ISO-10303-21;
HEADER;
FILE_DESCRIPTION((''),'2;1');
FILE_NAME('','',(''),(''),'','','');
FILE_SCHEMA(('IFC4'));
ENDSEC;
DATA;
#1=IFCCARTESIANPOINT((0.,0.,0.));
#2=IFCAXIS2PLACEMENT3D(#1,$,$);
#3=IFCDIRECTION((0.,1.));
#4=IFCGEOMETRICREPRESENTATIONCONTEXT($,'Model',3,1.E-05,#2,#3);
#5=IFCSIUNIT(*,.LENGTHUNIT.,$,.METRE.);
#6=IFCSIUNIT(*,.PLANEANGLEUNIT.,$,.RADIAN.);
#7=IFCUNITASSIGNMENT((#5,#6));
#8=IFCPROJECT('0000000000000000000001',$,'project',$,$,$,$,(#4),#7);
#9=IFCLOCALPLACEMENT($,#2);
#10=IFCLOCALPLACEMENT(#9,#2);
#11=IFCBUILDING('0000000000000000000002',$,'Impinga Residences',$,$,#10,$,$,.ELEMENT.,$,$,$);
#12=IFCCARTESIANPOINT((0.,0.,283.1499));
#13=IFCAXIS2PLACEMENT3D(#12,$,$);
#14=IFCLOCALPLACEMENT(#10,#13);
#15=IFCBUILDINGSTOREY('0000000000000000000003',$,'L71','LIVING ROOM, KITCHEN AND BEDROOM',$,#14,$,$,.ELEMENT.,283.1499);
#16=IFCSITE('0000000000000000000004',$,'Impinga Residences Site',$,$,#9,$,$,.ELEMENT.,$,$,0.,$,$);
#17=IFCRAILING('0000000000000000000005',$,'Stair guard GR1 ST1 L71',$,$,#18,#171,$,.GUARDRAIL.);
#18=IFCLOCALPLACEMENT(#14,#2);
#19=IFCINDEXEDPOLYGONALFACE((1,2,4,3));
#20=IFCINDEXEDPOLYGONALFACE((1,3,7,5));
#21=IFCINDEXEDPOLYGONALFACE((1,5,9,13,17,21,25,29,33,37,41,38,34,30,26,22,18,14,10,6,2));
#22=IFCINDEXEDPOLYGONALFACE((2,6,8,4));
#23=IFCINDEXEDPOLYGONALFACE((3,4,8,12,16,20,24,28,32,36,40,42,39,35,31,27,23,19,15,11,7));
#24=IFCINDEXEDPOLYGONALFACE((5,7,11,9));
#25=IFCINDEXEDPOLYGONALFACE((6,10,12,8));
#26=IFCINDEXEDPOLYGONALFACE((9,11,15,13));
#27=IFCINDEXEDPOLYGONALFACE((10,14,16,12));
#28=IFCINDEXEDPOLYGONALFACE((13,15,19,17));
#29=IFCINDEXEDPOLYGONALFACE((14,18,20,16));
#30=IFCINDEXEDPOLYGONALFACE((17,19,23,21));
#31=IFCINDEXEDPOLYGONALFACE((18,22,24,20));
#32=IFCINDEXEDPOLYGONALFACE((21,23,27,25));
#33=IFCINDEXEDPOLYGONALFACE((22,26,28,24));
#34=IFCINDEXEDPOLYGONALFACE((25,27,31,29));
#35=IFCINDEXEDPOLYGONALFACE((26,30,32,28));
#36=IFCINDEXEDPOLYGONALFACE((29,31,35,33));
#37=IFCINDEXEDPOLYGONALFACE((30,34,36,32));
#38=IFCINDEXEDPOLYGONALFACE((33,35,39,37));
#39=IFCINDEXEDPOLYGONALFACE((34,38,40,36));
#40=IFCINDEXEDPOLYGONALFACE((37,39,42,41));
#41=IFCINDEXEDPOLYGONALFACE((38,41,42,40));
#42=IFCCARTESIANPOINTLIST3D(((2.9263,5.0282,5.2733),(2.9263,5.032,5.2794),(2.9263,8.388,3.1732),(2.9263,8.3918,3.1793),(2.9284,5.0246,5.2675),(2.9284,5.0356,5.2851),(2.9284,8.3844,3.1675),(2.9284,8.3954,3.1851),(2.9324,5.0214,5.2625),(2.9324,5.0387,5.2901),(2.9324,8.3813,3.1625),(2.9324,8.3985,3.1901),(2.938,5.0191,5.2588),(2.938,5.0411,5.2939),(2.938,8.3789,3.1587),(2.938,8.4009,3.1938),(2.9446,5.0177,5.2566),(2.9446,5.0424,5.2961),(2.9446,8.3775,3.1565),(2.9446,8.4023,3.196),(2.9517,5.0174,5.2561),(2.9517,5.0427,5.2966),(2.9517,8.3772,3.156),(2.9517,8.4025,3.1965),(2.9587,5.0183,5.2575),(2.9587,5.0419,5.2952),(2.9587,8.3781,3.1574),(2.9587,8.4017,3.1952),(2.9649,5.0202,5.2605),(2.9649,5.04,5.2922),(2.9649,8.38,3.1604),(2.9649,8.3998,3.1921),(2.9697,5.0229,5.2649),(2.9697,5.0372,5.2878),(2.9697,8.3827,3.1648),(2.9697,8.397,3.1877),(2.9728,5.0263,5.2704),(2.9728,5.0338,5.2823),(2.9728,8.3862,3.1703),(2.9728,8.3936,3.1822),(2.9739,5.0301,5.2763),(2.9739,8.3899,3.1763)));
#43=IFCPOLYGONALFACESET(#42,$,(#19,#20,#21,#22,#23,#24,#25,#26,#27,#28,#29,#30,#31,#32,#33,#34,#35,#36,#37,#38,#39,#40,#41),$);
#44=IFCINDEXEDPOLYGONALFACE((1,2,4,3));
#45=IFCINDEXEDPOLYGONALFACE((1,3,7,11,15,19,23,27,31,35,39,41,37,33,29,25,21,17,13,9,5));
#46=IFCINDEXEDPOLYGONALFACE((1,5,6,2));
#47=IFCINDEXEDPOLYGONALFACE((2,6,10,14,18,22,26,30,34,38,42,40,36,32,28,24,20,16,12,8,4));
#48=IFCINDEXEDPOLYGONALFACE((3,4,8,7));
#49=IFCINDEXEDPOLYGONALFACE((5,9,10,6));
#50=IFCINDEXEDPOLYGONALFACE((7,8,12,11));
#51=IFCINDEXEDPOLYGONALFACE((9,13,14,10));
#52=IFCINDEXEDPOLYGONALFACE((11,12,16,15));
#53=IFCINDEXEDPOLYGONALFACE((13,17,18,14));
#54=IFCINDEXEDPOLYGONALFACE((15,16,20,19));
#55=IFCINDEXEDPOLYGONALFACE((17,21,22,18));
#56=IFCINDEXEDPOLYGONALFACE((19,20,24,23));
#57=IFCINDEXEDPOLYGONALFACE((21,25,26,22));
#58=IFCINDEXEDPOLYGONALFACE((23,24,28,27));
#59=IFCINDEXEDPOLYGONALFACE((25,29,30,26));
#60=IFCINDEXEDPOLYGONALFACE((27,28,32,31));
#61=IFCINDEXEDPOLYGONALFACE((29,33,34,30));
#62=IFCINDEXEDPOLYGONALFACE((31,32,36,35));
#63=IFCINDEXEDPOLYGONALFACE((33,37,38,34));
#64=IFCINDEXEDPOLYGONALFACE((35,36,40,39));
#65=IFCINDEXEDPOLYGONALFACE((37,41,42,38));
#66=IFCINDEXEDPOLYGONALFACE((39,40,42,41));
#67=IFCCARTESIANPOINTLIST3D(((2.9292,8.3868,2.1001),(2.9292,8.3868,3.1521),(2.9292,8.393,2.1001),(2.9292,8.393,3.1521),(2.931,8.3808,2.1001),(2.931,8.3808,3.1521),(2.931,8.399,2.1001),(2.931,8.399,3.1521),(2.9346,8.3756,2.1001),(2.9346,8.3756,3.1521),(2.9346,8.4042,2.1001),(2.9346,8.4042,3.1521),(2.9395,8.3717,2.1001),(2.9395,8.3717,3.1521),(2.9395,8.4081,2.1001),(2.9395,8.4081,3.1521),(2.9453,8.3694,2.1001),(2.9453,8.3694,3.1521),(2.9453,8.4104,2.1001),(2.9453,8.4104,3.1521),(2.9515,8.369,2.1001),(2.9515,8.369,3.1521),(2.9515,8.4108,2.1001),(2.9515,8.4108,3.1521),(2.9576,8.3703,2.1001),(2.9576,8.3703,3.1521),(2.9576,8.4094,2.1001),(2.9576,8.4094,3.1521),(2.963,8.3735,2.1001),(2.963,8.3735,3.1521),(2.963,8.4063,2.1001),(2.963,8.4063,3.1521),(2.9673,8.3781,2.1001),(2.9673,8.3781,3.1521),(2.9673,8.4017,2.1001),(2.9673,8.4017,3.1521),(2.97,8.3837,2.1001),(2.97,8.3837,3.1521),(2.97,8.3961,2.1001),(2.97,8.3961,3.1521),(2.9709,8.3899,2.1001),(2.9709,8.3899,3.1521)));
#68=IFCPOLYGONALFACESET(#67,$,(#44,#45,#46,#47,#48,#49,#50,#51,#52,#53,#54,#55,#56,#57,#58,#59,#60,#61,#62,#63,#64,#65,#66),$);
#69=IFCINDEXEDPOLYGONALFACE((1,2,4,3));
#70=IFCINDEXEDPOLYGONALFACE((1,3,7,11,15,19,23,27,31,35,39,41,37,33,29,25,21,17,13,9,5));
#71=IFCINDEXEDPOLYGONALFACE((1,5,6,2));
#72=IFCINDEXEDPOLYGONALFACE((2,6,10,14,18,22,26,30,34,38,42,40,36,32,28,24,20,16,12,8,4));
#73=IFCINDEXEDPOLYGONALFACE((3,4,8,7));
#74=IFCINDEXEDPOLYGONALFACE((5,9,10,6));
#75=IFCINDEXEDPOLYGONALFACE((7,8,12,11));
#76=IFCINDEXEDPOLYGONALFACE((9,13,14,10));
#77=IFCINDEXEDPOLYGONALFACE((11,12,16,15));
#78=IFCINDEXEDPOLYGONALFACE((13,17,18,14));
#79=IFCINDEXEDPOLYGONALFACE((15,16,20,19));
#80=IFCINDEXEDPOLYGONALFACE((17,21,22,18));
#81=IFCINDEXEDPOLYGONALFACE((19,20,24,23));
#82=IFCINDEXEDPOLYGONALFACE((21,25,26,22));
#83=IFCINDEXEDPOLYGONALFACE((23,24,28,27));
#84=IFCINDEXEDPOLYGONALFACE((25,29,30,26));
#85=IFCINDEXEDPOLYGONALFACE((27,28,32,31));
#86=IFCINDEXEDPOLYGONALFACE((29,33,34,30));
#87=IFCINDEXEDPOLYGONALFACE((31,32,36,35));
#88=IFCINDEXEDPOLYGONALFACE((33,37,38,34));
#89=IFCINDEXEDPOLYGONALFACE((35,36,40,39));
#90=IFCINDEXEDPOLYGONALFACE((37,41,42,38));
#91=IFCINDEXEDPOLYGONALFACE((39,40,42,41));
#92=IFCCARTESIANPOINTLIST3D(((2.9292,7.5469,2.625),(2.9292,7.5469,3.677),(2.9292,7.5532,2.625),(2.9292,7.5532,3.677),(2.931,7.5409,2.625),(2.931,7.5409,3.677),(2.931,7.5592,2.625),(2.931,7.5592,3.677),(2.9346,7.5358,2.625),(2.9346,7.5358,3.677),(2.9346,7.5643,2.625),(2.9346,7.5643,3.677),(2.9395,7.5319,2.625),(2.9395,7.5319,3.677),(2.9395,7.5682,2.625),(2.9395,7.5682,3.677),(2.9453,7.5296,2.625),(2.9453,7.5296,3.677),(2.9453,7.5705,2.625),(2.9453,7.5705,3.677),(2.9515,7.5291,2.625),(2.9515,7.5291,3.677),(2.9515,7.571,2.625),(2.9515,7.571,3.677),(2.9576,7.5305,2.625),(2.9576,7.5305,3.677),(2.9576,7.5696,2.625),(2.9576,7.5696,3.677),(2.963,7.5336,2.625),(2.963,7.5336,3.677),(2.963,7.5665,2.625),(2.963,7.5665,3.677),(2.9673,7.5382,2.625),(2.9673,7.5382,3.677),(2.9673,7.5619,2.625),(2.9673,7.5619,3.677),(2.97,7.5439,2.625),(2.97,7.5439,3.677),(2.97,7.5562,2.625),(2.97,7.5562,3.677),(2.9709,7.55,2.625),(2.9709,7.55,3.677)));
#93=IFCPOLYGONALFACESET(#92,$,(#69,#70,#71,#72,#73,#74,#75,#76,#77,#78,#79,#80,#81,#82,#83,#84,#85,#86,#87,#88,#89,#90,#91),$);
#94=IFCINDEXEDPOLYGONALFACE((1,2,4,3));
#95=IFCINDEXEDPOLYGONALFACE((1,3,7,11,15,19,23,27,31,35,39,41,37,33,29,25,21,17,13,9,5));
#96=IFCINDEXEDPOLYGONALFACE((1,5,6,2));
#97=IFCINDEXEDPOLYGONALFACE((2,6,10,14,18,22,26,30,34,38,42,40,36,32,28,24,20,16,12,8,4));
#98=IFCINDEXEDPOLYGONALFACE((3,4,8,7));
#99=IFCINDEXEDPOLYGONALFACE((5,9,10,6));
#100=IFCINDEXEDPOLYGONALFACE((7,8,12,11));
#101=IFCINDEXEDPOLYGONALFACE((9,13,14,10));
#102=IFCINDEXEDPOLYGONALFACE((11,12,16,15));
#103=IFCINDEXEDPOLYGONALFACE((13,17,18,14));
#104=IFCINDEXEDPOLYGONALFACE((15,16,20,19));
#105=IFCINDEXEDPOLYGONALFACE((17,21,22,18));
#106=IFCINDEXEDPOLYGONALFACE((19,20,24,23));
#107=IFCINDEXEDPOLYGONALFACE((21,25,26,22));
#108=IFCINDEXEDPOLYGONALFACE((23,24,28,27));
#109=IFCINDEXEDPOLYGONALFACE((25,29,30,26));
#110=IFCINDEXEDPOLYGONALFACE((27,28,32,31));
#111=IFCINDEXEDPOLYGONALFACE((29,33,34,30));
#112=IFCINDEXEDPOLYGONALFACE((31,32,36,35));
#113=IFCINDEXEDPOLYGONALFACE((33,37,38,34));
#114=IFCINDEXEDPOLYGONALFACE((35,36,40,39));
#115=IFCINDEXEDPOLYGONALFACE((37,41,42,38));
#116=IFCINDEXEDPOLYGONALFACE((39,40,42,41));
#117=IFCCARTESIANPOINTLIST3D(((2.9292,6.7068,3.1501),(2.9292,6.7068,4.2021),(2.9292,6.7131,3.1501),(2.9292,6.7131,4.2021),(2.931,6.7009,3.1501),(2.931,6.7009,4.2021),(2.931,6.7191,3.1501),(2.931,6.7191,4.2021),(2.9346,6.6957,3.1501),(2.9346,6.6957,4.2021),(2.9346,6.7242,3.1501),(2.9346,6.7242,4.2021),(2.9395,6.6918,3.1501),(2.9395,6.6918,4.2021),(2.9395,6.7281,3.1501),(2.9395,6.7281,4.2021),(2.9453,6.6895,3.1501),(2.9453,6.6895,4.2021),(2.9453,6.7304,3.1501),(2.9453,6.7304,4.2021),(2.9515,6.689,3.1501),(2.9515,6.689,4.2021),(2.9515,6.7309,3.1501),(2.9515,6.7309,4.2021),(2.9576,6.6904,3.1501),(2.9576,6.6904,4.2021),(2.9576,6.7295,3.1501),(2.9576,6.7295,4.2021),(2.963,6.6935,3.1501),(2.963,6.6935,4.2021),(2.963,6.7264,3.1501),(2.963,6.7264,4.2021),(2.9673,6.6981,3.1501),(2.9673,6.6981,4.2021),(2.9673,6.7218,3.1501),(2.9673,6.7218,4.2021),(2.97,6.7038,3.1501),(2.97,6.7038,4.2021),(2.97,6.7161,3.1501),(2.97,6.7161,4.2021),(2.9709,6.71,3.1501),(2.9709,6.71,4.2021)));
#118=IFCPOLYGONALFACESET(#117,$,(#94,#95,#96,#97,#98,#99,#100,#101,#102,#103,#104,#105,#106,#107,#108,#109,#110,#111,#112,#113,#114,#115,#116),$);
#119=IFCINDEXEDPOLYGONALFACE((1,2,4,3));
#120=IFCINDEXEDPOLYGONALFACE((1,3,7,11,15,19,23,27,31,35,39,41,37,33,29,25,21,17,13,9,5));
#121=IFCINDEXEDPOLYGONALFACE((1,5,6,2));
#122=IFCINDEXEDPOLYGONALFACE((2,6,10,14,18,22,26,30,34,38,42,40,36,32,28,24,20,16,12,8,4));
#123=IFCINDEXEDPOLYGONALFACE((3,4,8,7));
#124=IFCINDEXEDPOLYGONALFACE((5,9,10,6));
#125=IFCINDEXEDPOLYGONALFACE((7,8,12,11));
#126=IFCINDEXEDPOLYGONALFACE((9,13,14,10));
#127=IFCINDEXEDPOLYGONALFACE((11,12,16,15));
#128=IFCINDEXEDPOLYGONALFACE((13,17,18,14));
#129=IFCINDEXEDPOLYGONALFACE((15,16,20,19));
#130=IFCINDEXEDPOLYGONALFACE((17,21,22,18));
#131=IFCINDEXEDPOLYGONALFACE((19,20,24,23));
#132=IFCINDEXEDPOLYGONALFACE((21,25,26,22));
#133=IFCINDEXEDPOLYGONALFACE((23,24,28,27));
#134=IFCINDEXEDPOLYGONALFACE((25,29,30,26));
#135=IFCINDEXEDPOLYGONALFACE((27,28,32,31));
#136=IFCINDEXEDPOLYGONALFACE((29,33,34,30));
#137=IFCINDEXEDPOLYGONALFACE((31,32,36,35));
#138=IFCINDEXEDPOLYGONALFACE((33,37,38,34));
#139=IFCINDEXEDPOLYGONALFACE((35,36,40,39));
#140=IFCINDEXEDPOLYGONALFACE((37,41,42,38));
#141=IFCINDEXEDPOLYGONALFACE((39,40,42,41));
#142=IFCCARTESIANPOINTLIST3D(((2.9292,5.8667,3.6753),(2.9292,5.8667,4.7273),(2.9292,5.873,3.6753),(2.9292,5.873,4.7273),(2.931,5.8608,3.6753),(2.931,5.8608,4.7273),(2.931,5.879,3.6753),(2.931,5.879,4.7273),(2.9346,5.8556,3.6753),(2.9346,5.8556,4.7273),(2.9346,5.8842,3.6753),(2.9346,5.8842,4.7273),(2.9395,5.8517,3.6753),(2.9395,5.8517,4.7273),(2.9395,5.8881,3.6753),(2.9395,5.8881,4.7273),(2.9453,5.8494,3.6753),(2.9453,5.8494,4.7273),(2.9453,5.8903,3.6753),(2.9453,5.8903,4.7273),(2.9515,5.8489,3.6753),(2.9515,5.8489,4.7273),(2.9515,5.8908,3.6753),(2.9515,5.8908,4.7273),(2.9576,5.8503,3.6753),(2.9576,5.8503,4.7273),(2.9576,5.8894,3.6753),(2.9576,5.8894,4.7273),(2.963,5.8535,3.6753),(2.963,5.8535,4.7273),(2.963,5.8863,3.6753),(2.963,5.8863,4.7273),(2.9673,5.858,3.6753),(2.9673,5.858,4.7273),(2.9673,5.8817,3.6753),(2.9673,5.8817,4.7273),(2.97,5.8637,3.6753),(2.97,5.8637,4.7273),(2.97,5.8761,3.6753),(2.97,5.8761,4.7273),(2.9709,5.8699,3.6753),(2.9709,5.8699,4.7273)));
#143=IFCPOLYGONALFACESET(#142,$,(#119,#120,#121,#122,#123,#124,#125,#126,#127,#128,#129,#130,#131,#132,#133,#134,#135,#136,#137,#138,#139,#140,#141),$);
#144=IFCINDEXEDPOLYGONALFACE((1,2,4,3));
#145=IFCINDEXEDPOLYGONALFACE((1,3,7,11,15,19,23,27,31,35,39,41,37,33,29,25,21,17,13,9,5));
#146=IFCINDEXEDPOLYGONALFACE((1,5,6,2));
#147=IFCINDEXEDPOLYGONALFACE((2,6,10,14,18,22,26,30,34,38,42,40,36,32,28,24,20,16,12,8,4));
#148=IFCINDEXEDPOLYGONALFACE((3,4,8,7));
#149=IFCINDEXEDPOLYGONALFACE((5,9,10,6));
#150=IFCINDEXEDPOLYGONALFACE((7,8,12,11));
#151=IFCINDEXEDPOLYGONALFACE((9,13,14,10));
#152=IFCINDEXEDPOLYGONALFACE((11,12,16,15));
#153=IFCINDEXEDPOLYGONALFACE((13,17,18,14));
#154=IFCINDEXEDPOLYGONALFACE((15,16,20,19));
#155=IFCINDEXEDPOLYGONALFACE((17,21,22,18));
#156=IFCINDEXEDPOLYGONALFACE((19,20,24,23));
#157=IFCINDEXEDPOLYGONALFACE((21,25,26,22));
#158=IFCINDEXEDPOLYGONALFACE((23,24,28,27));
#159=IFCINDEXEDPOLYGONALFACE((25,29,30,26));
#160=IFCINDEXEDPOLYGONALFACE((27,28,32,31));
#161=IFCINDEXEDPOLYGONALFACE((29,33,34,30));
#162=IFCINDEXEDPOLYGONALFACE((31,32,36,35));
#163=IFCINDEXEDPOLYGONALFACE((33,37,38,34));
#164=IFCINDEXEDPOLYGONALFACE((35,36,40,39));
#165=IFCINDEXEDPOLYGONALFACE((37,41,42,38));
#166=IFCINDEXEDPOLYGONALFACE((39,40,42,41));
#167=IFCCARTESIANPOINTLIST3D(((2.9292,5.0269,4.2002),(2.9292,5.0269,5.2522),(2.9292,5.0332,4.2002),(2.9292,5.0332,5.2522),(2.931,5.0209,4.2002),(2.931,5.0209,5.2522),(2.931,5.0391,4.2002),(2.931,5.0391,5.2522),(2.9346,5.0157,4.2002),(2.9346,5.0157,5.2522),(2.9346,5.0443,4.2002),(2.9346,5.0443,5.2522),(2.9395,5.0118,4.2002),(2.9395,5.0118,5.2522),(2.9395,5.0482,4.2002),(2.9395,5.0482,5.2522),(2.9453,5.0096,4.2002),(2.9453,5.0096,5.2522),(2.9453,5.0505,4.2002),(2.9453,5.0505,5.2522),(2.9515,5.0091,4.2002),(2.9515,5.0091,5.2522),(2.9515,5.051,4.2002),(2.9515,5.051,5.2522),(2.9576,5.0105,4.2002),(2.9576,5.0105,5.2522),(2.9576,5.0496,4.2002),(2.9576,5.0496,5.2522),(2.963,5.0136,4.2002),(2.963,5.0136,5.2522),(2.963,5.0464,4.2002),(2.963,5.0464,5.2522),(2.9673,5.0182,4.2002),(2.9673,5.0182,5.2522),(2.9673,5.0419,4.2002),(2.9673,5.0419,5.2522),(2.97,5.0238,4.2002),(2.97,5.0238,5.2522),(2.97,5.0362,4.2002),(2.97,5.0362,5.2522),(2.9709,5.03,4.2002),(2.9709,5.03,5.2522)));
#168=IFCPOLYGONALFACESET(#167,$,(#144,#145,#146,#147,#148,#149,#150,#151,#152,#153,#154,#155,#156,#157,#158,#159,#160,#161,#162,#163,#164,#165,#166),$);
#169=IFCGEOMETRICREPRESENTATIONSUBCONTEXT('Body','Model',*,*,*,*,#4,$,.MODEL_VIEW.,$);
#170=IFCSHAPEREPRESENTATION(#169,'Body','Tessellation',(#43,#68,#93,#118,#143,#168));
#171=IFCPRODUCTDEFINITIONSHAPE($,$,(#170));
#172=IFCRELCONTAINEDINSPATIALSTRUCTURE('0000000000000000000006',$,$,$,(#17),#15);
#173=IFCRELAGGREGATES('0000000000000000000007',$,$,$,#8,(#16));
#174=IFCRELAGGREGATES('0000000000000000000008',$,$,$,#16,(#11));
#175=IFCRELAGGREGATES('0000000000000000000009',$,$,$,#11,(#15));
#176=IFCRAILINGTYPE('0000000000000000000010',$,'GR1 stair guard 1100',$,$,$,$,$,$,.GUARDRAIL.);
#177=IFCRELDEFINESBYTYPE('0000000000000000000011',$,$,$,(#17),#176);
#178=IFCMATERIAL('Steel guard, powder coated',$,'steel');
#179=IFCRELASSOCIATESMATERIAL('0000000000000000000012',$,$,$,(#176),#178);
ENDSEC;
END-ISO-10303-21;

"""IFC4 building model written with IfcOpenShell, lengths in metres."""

from ifc_helpers import new_model, si_unit, direction, frame, origin, origin_2d, place, context, subcontext, project, spatial, circle, extrude, material, type_object, element, save


model = new_model("IFC4")

# Units and contexts
model_context = context("Model", 3, precision=1e-05, world=origin(), true_north=direction((0.0, 1.0)))
body_context = subcontext(model_context, "Body", "Model", "MODEL_VIEW")
ifc_project = project(units=[si_unit("LENGTHUNIT", "METRE"), si_unit("PLANEANGLEUNIT", "RADIAN")], contexts=[model_context])

# Site, building, storey
site_placement = place(None, origin())
site = spatial("IfcSite", under=ifc_project, at=site_placement, Name="Impinga Residences Site", CompositionType="ELEMENT", RefElevation=0.0)
building_placement = place(site_placement, origin())
building = spatial("IfcBuilding", under=site, at=building_placement, Name="Impinga Residences", CompositionType="ELEMENT")
storey_placement = place(building_placement, frame((0.0, 0.0, 283.1499)))
storey = spatial("IfcBuildingStorey", under=building, at=storey_placement, Name="L71", Description="LIVING ROOM, KITCHEN AND BEDROOM", CompositionType="ELEMENT", Elevation=283.1499)

# Railing
ifc_material_1 = material(Name="Steel guard, powder coated", Category="steel")
railing_type_1 = type_object("IfcRailingType", Name="GR1 stair guard 1100", PredefinedType="GUARDRAIL", material=ifc_material_1)
railing_1_placement = place(storey_placement, frame((2.95, 8.3899, 2.1001)))
element("IfcRailing", 1, at=railing_1_placement, inside=storey, type_object=railing_type_1, Name="Stair guard GR1 ST1 L71", PredefinedType="GUARDRAIL", context=body_context, shape_type="SweptSolid", body=[
    extrude(circle(Radius=0.0239, at=origin_2d()), frame((0.0, 0.0, 1.0762), z_axis=(0.0, -0.847978, 0.530032), x_axis=(1.0, 0.0, 0.0)), (0.0, 0.0, 1.0), 3.9622),
    extrude(circle(Radius=0.021, at=origin_2d()), origin(), (0.0, 0.0, 1.0), 1.052),
    extrude(circle(Radius=0.021, at=origin_2d()), frame((0.0, -0.8398, 0.5249)), (0.0, 0.0, 1.0), 1.052),
    extrude(circle(Radius=0.021, at=origin_2d()), frame((0.0, -1.6799, 1.05)), (0.0, 0.0, 1.0), 1.052),
    extrude(circle(Radius=0.021, at=origin_2d()), frame((0.0, -2.52, 1.5752)), (0.0, 0.0, 1.0), 1.052),
    extrude(circle(Radius=0.021, at=origin_2d()), frame((0.0, -3.3599, 2.1001)), (0.0, 0.0, 1.0), 1.052),
])

save(model, "model.ifc")
